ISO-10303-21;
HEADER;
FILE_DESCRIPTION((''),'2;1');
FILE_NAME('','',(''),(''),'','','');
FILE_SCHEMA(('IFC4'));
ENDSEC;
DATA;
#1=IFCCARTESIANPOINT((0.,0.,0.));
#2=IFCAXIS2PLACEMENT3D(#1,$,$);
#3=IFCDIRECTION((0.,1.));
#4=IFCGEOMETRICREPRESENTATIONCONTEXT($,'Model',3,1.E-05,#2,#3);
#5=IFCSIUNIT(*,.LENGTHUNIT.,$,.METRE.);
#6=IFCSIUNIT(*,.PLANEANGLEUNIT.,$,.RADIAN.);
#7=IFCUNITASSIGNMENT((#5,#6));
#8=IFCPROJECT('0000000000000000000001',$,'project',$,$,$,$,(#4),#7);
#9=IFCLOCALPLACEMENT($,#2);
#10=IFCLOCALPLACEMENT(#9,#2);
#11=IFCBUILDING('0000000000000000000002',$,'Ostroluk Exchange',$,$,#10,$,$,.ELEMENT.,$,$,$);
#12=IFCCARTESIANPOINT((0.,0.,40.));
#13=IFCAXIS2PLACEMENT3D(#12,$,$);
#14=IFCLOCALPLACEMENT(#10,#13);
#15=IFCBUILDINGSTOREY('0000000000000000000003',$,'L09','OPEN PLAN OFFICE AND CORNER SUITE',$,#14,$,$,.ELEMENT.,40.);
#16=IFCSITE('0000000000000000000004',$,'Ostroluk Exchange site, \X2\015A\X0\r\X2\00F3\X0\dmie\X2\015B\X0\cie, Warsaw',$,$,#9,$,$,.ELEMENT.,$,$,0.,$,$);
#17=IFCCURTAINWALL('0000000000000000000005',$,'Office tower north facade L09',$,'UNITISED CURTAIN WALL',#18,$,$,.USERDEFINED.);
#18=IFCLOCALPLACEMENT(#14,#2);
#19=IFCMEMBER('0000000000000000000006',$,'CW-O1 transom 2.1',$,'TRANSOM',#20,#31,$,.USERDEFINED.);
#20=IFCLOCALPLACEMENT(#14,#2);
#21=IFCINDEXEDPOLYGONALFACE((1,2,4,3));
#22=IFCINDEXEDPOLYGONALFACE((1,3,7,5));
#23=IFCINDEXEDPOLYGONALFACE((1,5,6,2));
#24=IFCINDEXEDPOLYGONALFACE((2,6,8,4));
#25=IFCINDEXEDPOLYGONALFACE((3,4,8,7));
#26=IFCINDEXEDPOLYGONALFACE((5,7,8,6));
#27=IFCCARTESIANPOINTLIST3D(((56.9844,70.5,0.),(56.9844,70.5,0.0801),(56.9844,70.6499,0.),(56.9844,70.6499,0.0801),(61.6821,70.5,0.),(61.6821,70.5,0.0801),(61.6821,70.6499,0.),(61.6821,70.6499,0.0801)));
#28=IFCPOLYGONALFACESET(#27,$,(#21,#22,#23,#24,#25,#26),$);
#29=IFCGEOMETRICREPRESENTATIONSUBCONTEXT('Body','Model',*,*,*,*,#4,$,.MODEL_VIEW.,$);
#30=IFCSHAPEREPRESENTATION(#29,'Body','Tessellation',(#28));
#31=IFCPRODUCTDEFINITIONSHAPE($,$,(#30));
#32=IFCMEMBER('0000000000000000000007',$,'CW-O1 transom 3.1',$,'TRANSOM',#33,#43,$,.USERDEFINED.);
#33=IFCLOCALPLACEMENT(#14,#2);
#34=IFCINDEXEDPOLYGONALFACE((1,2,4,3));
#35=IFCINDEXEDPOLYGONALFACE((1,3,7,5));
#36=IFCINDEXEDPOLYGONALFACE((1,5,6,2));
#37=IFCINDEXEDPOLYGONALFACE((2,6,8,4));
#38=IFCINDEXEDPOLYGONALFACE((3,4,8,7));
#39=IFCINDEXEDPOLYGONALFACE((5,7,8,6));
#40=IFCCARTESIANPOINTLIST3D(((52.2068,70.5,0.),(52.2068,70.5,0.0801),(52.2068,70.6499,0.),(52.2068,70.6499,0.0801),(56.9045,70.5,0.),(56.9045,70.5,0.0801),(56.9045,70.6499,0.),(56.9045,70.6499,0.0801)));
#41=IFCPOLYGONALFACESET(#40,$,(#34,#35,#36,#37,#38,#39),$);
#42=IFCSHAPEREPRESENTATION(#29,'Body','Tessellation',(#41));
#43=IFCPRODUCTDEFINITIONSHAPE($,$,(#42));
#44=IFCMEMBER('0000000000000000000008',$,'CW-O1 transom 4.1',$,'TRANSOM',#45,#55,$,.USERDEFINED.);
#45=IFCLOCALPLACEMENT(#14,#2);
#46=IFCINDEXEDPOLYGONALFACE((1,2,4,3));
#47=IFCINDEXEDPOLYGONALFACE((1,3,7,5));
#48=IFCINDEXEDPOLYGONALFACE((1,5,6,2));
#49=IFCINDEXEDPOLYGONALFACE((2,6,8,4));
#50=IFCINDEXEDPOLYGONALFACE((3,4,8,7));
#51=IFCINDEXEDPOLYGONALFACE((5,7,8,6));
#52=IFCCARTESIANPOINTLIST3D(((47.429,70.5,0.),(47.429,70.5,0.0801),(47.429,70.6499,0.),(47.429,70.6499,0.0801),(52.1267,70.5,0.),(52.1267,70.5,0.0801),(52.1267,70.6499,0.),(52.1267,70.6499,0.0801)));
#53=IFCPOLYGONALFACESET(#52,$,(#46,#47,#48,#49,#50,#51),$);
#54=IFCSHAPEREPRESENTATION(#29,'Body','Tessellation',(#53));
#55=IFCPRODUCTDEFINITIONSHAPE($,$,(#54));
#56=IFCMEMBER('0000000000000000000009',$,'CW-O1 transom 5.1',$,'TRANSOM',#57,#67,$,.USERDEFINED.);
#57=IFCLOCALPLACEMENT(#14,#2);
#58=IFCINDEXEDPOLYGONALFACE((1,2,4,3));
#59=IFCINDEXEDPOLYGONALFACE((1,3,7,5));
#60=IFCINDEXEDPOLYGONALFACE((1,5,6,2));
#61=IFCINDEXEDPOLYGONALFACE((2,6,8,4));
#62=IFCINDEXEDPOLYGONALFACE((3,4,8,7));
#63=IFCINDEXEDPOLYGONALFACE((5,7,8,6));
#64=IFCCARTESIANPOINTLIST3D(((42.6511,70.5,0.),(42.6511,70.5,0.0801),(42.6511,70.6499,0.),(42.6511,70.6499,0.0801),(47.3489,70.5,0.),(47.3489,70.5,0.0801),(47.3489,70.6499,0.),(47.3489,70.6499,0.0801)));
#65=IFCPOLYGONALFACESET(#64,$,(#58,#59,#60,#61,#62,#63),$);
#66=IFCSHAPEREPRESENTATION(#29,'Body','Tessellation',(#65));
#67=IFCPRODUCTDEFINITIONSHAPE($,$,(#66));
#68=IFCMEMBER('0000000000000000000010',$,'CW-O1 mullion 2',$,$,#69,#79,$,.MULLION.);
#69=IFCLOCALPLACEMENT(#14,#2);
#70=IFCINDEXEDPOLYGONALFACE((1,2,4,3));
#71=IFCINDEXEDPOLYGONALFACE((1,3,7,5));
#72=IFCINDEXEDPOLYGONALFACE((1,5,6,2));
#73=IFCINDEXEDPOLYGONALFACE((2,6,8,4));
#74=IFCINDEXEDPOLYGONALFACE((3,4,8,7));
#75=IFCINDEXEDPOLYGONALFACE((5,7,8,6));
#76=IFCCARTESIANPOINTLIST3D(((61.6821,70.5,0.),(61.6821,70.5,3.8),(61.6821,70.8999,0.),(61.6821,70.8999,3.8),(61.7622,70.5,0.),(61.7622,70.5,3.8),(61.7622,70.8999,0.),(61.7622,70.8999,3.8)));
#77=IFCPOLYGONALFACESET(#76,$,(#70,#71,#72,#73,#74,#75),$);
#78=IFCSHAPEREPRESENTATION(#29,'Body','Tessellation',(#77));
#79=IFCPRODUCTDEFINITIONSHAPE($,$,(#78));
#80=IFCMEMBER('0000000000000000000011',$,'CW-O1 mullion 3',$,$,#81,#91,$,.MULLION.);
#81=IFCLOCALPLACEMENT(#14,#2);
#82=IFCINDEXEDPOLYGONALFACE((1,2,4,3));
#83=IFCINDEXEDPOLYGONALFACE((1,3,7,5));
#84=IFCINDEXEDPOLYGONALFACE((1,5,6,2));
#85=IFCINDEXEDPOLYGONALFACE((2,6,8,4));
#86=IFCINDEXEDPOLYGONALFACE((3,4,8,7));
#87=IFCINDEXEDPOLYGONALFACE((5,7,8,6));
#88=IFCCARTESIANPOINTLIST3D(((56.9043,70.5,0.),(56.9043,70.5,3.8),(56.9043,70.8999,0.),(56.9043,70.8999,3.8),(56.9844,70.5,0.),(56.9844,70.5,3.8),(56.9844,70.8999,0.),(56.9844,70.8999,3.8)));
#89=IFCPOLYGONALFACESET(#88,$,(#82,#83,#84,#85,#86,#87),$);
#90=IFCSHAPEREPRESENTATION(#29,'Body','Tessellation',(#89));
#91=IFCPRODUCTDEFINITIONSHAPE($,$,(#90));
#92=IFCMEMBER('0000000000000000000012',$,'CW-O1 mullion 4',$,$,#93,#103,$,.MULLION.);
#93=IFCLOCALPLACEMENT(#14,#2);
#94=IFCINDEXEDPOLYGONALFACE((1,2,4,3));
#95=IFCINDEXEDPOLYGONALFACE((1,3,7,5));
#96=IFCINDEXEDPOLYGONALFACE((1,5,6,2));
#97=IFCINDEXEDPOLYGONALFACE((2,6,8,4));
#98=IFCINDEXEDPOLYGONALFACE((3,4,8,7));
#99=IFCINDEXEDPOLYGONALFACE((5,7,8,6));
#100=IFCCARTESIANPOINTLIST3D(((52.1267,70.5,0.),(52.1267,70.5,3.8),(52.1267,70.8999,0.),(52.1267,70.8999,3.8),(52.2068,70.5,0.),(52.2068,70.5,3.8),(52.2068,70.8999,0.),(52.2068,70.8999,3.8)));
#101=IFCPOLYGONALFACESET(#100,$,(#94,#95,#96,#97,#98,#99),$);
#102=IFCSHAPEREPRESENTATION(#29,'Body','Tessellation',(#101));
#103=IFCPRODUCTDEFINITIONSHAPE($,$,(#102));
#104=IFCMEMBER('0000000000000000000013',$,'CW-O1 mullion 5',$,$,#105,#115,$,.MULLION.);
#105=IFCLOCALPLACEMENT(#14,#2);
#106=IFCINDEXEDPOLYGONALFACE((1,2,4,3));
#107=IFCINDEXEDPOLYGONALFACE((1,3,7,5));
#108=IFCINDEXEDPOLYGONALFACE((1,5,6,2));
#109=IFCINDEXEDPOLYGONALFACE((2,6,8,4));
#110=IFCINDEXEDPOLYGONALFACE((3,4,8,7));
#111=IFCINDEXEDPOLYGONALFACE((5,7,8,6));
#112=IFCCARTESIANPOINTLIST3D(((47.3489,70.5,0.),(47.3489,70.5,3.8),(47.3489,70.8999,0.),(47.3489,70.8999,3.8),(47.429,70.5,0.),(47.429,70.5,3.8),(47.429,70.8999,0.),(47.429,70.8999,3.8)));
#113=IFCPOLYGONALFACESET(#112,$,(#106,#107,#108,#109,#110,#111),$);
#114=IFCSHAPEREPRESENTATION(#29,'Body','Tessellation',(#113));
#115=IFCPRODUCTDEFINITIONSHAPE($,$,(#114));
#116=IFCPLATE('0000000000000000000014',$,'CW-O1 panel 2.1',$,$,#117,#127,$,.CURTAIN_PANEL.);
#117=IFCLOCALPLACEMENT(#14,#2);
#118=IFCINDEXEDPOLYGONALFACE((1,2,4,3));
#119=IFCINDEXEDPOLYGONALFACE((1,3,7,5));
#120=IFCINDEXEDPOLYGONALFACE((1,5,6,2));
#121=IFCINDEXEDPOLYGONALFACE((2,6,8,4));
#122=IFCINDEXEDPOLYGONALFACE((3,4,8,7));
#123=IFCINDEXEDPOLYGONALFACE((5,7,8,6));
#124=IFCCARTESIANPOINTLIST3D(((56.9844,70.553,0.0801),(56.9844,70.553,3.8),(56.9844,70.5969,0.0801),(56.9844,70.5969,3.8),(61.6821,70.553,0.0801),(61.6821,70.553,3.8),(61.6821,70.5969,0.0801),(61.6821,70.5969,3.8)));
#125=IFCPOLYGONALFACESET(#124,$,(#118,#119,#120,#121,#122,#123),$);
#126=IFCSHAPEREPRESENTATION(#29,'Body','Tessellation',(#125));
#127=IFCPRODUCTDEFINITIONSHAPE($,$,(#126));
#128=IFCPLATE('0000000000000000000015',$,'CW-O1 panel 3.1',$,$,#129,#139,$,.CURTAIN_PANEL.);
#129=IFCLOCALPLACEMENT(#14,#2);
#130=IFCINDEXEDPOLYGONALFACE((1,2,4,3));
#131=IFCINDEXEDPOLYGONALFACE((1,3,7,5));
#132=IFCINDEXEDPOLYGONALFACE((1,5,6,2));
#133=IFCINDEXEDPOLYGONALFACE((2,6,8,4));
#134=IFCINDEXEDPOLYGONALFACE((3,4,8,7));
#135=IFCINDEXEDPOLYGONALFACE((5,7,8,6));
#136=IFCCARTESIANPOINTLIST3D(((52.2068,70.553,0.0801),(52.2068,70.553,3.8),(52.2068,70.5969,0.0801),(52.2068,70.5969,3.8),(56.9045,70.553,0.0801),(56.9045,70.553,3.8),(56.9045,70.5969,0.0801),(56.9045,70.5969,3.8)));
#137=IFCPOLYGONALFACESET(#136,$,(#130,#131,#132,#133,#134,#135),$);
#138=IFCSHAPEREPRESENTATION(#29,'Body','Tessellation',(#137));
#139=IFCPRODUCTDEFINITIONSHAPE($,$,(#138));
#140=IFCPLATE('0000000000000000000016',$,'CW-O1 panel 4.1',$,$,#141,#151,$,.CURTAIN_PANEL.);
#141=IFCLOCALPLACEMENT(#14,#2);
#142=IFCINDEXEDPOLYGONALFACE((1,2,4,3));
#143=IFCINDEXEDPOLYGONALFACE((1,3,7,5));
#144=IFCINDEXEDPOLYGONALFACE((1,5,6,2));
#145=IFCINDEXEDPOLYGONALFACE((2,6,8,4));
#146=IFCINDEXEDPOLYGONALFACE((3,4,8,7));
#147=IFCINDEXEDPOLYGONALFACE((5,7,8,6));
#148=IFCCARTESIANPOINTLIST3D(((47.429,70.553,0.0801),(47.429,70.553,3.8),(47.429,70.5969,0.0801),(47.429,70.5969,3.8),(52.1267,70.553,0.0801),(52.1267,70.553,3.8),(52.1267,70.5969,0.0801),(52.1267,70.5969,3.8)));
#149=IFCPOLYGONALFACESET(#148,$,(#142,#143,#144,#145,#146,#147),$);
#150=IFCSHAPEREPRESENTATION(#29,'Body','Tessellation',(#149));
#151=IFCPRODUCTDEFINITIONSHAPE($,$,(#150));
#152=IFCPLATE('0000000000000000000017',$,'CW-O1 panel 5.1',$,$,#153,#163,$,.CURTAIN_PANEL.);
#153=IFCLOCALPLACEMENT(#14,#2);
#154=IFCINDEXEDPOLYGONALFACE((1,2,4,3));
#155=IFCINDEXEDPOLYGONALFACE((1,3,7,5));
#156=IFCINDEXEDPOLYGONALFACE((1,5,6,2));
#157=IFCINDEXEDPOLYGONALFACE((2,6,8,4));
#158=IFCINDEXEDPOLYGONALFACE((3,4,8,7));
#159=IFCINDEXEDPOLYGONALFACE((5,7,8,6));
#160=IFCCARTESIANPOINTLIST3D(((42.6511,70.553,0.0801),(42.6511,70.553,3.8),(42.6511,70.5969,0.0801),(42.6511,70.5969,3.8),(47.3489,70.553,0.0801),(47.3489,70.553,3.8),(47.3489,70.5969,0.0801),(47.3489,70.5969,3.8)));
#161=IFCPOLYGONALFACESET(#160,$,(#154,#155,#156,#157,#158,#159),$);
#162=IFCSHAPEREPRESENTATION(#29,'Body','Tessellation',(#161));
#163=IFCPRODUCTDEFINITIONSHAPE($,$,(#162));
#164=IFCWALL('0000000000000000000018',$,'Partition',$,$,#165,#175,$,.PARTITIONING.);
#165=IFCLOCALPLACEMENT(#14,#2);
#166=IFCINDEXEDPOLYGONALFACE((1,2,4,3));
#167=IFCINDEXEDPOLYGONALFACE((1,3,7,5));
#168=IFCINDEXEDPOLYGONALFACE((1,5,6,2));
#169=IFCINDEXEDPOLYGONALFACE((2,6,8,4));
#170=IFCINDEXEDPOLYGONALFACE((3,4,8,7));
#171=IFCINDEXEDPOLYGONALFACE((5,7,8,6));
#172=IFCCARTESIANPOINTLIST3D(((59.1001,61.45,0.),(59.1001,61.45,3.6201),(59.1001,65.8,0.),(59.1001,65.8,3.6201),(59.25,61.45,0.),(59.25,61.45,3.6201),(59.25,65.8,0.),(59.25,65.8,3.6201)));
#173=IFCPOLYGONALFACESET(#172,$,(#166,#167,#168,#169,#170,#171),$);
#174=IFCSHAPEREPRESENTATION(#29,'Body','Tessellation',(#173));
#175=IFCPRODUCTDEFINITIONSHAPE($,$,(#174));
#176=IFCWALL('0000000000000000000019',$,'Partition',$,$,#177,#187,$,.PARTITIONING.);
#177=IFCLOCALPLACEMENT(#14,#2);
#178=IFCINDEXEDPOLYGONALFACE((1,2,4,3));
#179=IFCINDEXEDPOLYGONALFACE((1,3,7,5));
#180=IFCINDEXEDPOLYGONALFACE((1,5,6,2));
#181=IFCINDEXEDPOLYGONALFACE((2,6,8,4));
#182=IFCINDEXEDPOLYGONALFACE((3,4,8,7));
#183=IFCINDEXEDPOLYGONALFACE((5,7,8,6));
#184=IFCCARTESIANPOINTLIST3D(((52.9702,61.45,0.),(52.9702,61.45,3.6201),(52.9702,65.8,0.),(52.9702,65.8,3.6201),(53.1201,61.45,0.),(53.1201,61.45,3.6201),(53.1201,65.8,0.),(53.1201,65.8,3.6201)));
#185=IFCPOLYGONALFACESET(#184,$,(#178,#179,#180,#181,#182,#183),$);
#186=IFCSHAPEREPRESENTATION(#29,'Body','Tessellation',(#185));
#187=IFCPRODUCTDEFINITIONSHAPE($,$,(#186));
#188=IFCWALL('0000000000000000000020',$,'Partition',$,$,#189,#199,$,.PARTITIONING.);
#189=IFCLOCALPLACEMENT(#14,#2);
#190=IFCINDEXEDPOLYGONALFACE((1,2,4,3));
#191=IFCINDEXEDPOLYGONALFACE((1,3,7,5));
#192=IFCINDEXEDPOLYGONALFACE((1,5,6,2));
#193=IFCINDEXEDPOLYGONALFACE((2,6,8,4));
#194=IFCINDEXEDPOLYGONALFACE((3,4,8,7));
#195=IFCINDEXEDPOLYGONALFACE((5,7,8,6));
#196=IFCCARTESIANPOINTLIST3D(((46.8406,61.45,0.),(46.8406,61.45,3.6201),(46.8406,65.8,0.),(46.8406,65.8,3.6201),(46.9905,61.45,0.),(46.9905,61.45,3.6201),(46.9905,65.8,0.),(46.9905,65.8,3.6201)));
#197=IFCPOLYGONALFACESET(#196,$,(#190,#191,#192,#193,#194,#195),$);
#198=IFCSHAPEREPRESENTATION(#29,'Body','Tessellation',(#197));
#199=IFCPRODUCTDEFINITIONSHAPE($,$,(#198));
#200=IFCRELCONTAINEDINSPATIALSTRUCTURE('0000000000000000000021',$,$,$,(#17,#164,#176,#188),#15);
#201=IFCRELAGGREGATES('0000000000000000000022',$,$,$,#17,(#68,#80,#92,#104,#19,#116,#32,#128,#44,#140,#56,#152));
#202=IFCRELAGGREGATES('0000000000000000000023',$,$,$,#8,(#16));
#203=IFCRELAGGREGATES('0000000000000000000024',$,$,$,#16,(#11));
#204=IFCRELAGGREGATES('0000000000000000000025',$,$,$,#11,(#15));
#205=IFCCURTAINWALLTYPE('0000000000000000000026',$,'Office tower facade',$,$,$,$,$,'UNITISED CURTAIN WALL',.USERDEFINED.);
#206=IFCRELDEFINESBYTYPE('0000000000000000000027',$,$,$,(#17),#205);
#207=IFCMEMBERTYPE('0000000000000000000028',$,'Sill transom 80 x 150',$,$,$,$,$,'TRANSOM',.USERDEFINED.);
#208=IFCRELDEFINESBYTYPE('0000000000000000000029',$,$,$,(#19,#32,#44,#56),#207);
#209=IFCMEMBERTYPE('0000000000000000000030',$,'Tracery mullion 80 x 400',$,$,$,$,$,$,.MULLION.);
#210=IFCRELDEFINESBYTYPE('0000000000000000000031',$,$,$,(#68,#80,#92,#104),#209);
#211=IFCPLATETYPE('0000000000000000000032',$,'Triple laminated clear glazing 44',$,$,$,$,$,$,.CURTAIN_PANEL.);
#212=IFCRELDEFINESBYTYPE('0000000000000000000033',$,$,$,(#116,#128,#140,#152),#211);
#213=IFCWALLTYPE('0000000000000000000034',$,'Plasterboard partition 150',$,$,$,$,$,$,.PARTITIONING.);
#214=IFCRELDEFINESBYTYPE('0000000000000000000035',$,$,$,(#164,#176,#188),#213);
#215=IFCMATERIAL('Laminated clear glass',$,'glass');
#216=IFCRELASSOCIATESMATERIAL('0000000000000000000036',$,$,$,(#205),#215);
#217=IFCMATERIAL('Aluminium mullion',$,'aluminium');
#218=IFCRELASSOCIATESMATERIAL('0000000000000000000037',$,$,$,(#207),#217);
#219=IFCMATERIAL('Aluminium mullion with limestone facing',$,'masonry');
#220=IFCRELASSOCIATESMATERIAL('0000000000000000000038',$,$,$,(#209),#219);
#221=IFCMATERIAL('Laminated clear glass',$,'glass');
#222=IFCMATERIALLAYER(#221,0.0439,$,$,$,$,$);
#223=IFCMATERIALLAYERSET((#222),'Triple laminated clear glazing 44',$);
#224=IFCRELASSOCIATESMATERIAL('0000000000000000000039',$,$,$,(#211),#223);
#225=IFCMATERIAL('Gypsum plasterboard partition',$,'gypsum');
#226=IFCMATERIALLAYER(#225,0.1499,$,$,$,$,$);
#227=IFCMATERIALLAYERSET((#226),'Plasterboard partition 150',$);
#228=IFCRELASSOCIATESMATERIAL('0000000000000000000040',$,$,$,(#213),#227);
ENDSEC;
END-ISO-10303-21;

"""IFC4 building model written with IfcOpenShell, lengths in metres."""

from ifc_helpers import new_model, si_unit, direction, frame, frame_2d, origin, origin_2d, place, context, subcontext, project, spatial, rectangle, extrude, material, layer, layer_set, material_profile, profile_set, type_object, element, aggregate, save


model = new_model("IFC4")

# Units and contexts
model_context = context("Model", 3, precision=1e-05, world=origin(), true_north=direction((0.0, 1.0)))
body_context = subcontext(model_context, "Body", "Model", "MODEL_VIEW")
ifc_project = project(units=[si_unit("LENGTHUNIT", "METRE"), si_unit("PLANEANGLEUNIT", "RADIAN")], contexts=[model_context])

# Site, building, storey
site_placement = place(None, origin())
site = spatial("IfcSite", under=ifc_project, at=site_placement, Name="Ostroluk Exchange site, Śródmieście, Warsaw", CompositionType="ELEMENT", RefElevation=0.0)
building_placement = place(site_placement, origin())
building = spatial("IfcBuilding", under=site, at=building_placement, Name="Ostroluk Exchange", CompositionType="ELEMENT")
storey_placement = place(building_placement, frame((0.0, 0.0, 40.0)))
storey = spatial("IfcBuildingStorey", under=building, at=storey_placement, Name="L09", Description="OPEN PLAN OFFICE AND CORNER SUITE", CompositionType="ELEMENT", Elevation=40.0)

# Curtain wall, members, plates
ifc_material_1 = material(Name="Laminated clear glass", Category="glass")
curtain_wall_type = type_object("IfcCurtainWallType", Name="Office tower facade", ElementType="UNITISED CURTAIN WALL", PredefinedType="USERDEFINED", material=ifc_material_1)
curtain_wall_placement = place(storey_placement, origin())
curtain_wall = element("IfcCurtainWall", 1, at=curtain_wall_placement, inside=storey, type_object=curtain_wall_type, Name="Office tower north facade L09", ObjectType="UNITISED CURTAIN WALL", PredefinedType="USERDEFINED")
ifc_material_2 = material(Name="Aluminium mullion", Category="aluminium")
ifc_material_profile_1 = material_profile(ifc_material_2, rectangle(XDim=0.1499, YDim=0.0801, at=origin_2d()), Name="Sill transom 80 x 150")
ifc_profile_set_1 = profile_set([ifc_material_profile_1], Name="Aluminium mullion")
member_type_1 = type_object("IfcMemberType", Name="Sill transom 80 x 150", ElementType="TRANSOM", PredefinedType="USERDEFINED", material=ifc_profile_set_1)
member_1_placement = place(storey_placement, frame((61.6821, 70.575, 0.04), z_axis=(-1.0, 0.0, 0.0), x_axis=(0.0, -1.0, 0.0)))
member_1 = element("IfcMember", 2, at=member_1_placement, type_object=member_type_1, Name="CW-O1 transom 2.1", ObjectType="TRANSOM", PredefinedType="USERDEFINED", context=body_context, shape_type="SweptSolid", body=[
    extrude(rectangle(XDim=0.1499, YDim=0.0801, at=origin_2d()), origin(), (0.0, 0.0, 1.0), 4.6978),
])
member_2_placement = place(storey_placement, frame((56.9045, 70.575, 0.04), z_axis=(-1.0, 0.0, 0.0), x_axis=(0.0, -1.0, 0.0)))
member_2 = element("IfcMember", 3, at=member_2_placement, type_object=member_type_1, Name="CW-O1 transom 3.1", ObjectType="TRANSOM", PredefinedType="USERDEFINED", context=body_context, shape_type="SweptSolid", body=[
    extrude(rectangle(XDim=0.1499, YDim=0.0801, at=origin_2d()), origin(), (0.0, 0.0, 1.0), 4.6978),
])
member_3_placement = place(storey_placement, frame((52.1267, 70.575, 0.04), z_axis=(-1.0, 0.0, 0.0), x_axis=(0.0, -1.0, 0.0)))
member_3 = element("IfcMember", 4, at=member_3_placement, type_object=member_type_1, Name="CW-O1 transom 4.1", ObjectType="TRANSOM", PredefinedType="USERDEFINED", context=body_context, shape_type="SweptSolid", body=[
    extrude(rectangle(XDim=0.1499, YDim=0.0801, at=origin_2d()), origin(), (0.0, 0.0, 1.0), 4.6978),
])
member_4_placement = place(storey_placement, frame((47.3489, 70.575, 0.04), z_axis=(-1.0, 0.0, 0.0), x_axis=(0.0, -1.0, 0.0)))
member_4 = element("IfcMember", 5, at=member_4_placement, type_object=member_type_1, Name="CW-O1 transom 5.1", ObjectType="TRANSOM", PredefinedType="USERDEFINED", context=body_context, shape_type="SweptSolid", body=[
    extrude(rectangle(XDim=0.1499, YDim=0.0801, at=origin_2d()), origin(), (0.0, 0.0, 1.0), 4.6978),
])
ifc_material_3 = material(Name="Aluminium mullion with limestone facing", Category="masonry")
ifc_material_profile_2 = material_profile(ifc_material_3, rectangle(XDim=0.3999, YDim=0.0801, at=origin_2d()), Name="Tracery mullion 80 x 400")
ifc_profile_set_2 = profile_set([ifc_material_profile_2], Name="Aluminium mullion with limestone facing")
member_type_2 = type_object("IfcMemberType", Name="Tracery mullion 80 x 400", PredefinedType="MULLION", material=ifc_profile_set_2)
member_5_placement = place(storey_placement, frame((61.7222, 70.7, 0.0), z_axis=(0.0, 0.0, 1.0), x_axis=(0.0, -1.0, 0.0)))
member_5 = element("IfcMember", 6, at=member_5_placement, type_object=member_type_2, Name="CW-O1 mullion 2", PredefinedType="MULLION", context=body_context, shape_type="SweptSolid", body=[
    extrude(rectangle(XDim=0.3999, YDim=0.0801, at=origin_2d()), origin(), (0.0, 0.0, 1.0), 3.8),
])
member_6_placement = place(storey_placement, frame((56.9443, 70.7, 0.0), z_axis=(0.0, 0.0, 1.0), x_axis=(0.0, -1.0, 0.0)))
member_6 = element("IfcMember", 7, at=member_6_placement, type_object=member_type_2, Name="CW-O1 mullion 3", PredefinedType="MULLION", context=body_context, shape_type="SweptSolid", body=[
    extrude(rectangle(XDim=0.3999, YDim=0.0801, at=origin_2d()), origin(), (0.0, 0.0, 1.0), 3.8),
])
member_7_placement = place(storey_placement, frame((52.1667, 70.7, 0.0), z_axis=(0.0, 0.0, 1.0), x_axis=(0.0, -1.0, 0.0)))
member_7 = element("IfcMember", 8, at=member_7_placement, type_object=member_type_2, Name="CW-O1 mullion 4", PredefinedType="MULLION", context=body_context, shape_type="SweptSolid", body=[
    extrude(rectangle(XDim=0.3999, YDim=0.0801, at=origin_2d()), origin(), (0.0, 0.0, 1.0), 3.8),
])
member_8_placement = place(storey_placement, frame((47.3889, 70.7, 0.0), z_axis=(0.0, 0.0, 1.0), x_axis=(0.0, -1.0, 0.0)))
member_8 = element("IfcMember", 9, at=member_8_placement, type_object=member_type_2, Name="CW-O1 mullion 5", PredefinedType="MULLION", context=body_context, shape_type="SweptSolid", body=[
    extrude(rectangle(XDim=0.3999, YDim=0.0801, at=origin_2d()), origin(), (0.0, 0.0, 1.0), 3.8),
])
ifc_material_4 = material(Name="Laminated clear glass", Category="glass")
ifc_layer_1 = layer(ifc_material_4, 0.0439)
ifc_layer_set_1 = layer_set([ifc_layer_1], Name="Triple laminated clear glazing 44")
plate_type = type_object("IfcPlateType", Name="Triple laminated clear glazing 44", PredefinedType="CURTAIN_PANEL", material=ifc_layer_set_1)
plate_1_placement = place(storey_placement, frame((59.3333, 70.575, 0.0801), z_axis=(0.0, 0.0, 1.0), x_axis=(-1.0, 0.0, 0.0)))
plate_1 = element("IfcPlate", 10, at=plate_1_placement, type_object=plate_type, Name="CW-O1 panel 2.1", PredefinedType="CURTAIN_PANEL", context=body_context, shape_type="SweptSolid", body=[
    extrude(rectangle(XDim=4.6978, YDim=0.0439, at=origin_2d()), origin(), (0.0, 0.0, 1.0), 3.72),
])
plate_2_placement = place(storey_placement, frame((54.5557, 70.575, 0.0801), z_axis=(0.0, 0.0, 1.0), x_axis=(-1.0, 0.0, 0.0)))
plate_2 = element("IfcPlate", 11, at=plate_2_placement, type_object=plate_type, Name="CW-O1 panel 3.1", PredefinedType="CURTAIN_PANEL", context=body_context, shape_type="SweptSolid", body=[
    extrude(rectangle(XDim=4.6978, YDim=0.0439, at=origin_2d()), origin(), (0.0, 0.0, 1.0), 3.72),
])
plate_3_placement = place(storey_placement, frame((49.7778, 70.575, 0.0801), z_axis=(0.0, 0.0, 1.0), x_axis=(-1.0, 0.0, 0.0)))
plate_3 = element("IfcPlate", 12, at=plate_3_placement, type_object=plate_type, Name="CW-O1 panel 4.1", PredefinedType="CURTAIN_PANEL", context=body_context, shape_type="SweptSolid", body=[
    extrude(rectangle(XDim=4.6978, YDim=0.0439, at=origin_2d()), origin(), (0.0, 0.0, 1.0), 3.72),
])
plate_4_placement = place(storey_placement, frame((45.0, 70.575, 0.0801), z_axis=(0.0, 0.0, 1.0), x_axis=(-1.0, 0.0, 0.0)))
plate_4 = element("IfcPlate", 13, at=plate_4_placement, type_object=plate_type, Name="CW-O1 panel 5.1", PredefinedType="CURTAIN_PANEL", context=body_context, shape_type="SweptSolid", body=[
    extrude(rectangle(XDim=4.6978, YDim=0.0439, at=origin_2d()), origin(), (0.0, 0.0, 1.0), 3.72),
])
aggregate(curtain_wall, [member_5, member_6, member_7, member_8, member_1, plate_1, member_2, plate_2, member_3, plate_3, member_4, plate_4])

# Walls
ifc_material_5 = material(Name="Gypsum plasterboard partition", Category="gypsum")
ifc_layer_2 = layer(ifc_material_5, 0.1499)
ifc_layer_set_2 = layer_set([ifc_layer_2], Name="Plasterboard partition 150")
wall_type = type_object("IfcWallType", Name="Plasterboard partition 150", PredefinedType="PARTITIONING", material=ifc_layer_set_2)
for number, where, z_axis, x_axis, name in (
    (14, (59.175, 61.45, 0.0), (0.0, 0.0, 1.0), (0.0, 1.0, 0.0), "Partition"),
    (15, (53.0452, 61.45, 0.0), (0.0, 0.0, 1.0), (0.0, 1.0, 0.0), "Partition"),
    (16, (46.9155, 61.45, 0.0), (0.0, 0.0, 1.0), (0.0, 1.0, 0.0), "Partition"),
):
    element("IfcWall", number, at=place(storey_placement, frame(where, z_axis=z_axis, x_axis=x_axis)), inside=storey, type_object=wall_type, Name=name, PredefinedType="PARTITIONING", context=body_context, shape_type="SweptSolid", body=[
        extrude(rectangle(XDim=4.3501, YDim=0.1499, at=frame_2d((2.175, 0.0))), origin(), (0.0, 0.0, 1.0), 3.6201),
    ])

save(model, "model.ifc")
